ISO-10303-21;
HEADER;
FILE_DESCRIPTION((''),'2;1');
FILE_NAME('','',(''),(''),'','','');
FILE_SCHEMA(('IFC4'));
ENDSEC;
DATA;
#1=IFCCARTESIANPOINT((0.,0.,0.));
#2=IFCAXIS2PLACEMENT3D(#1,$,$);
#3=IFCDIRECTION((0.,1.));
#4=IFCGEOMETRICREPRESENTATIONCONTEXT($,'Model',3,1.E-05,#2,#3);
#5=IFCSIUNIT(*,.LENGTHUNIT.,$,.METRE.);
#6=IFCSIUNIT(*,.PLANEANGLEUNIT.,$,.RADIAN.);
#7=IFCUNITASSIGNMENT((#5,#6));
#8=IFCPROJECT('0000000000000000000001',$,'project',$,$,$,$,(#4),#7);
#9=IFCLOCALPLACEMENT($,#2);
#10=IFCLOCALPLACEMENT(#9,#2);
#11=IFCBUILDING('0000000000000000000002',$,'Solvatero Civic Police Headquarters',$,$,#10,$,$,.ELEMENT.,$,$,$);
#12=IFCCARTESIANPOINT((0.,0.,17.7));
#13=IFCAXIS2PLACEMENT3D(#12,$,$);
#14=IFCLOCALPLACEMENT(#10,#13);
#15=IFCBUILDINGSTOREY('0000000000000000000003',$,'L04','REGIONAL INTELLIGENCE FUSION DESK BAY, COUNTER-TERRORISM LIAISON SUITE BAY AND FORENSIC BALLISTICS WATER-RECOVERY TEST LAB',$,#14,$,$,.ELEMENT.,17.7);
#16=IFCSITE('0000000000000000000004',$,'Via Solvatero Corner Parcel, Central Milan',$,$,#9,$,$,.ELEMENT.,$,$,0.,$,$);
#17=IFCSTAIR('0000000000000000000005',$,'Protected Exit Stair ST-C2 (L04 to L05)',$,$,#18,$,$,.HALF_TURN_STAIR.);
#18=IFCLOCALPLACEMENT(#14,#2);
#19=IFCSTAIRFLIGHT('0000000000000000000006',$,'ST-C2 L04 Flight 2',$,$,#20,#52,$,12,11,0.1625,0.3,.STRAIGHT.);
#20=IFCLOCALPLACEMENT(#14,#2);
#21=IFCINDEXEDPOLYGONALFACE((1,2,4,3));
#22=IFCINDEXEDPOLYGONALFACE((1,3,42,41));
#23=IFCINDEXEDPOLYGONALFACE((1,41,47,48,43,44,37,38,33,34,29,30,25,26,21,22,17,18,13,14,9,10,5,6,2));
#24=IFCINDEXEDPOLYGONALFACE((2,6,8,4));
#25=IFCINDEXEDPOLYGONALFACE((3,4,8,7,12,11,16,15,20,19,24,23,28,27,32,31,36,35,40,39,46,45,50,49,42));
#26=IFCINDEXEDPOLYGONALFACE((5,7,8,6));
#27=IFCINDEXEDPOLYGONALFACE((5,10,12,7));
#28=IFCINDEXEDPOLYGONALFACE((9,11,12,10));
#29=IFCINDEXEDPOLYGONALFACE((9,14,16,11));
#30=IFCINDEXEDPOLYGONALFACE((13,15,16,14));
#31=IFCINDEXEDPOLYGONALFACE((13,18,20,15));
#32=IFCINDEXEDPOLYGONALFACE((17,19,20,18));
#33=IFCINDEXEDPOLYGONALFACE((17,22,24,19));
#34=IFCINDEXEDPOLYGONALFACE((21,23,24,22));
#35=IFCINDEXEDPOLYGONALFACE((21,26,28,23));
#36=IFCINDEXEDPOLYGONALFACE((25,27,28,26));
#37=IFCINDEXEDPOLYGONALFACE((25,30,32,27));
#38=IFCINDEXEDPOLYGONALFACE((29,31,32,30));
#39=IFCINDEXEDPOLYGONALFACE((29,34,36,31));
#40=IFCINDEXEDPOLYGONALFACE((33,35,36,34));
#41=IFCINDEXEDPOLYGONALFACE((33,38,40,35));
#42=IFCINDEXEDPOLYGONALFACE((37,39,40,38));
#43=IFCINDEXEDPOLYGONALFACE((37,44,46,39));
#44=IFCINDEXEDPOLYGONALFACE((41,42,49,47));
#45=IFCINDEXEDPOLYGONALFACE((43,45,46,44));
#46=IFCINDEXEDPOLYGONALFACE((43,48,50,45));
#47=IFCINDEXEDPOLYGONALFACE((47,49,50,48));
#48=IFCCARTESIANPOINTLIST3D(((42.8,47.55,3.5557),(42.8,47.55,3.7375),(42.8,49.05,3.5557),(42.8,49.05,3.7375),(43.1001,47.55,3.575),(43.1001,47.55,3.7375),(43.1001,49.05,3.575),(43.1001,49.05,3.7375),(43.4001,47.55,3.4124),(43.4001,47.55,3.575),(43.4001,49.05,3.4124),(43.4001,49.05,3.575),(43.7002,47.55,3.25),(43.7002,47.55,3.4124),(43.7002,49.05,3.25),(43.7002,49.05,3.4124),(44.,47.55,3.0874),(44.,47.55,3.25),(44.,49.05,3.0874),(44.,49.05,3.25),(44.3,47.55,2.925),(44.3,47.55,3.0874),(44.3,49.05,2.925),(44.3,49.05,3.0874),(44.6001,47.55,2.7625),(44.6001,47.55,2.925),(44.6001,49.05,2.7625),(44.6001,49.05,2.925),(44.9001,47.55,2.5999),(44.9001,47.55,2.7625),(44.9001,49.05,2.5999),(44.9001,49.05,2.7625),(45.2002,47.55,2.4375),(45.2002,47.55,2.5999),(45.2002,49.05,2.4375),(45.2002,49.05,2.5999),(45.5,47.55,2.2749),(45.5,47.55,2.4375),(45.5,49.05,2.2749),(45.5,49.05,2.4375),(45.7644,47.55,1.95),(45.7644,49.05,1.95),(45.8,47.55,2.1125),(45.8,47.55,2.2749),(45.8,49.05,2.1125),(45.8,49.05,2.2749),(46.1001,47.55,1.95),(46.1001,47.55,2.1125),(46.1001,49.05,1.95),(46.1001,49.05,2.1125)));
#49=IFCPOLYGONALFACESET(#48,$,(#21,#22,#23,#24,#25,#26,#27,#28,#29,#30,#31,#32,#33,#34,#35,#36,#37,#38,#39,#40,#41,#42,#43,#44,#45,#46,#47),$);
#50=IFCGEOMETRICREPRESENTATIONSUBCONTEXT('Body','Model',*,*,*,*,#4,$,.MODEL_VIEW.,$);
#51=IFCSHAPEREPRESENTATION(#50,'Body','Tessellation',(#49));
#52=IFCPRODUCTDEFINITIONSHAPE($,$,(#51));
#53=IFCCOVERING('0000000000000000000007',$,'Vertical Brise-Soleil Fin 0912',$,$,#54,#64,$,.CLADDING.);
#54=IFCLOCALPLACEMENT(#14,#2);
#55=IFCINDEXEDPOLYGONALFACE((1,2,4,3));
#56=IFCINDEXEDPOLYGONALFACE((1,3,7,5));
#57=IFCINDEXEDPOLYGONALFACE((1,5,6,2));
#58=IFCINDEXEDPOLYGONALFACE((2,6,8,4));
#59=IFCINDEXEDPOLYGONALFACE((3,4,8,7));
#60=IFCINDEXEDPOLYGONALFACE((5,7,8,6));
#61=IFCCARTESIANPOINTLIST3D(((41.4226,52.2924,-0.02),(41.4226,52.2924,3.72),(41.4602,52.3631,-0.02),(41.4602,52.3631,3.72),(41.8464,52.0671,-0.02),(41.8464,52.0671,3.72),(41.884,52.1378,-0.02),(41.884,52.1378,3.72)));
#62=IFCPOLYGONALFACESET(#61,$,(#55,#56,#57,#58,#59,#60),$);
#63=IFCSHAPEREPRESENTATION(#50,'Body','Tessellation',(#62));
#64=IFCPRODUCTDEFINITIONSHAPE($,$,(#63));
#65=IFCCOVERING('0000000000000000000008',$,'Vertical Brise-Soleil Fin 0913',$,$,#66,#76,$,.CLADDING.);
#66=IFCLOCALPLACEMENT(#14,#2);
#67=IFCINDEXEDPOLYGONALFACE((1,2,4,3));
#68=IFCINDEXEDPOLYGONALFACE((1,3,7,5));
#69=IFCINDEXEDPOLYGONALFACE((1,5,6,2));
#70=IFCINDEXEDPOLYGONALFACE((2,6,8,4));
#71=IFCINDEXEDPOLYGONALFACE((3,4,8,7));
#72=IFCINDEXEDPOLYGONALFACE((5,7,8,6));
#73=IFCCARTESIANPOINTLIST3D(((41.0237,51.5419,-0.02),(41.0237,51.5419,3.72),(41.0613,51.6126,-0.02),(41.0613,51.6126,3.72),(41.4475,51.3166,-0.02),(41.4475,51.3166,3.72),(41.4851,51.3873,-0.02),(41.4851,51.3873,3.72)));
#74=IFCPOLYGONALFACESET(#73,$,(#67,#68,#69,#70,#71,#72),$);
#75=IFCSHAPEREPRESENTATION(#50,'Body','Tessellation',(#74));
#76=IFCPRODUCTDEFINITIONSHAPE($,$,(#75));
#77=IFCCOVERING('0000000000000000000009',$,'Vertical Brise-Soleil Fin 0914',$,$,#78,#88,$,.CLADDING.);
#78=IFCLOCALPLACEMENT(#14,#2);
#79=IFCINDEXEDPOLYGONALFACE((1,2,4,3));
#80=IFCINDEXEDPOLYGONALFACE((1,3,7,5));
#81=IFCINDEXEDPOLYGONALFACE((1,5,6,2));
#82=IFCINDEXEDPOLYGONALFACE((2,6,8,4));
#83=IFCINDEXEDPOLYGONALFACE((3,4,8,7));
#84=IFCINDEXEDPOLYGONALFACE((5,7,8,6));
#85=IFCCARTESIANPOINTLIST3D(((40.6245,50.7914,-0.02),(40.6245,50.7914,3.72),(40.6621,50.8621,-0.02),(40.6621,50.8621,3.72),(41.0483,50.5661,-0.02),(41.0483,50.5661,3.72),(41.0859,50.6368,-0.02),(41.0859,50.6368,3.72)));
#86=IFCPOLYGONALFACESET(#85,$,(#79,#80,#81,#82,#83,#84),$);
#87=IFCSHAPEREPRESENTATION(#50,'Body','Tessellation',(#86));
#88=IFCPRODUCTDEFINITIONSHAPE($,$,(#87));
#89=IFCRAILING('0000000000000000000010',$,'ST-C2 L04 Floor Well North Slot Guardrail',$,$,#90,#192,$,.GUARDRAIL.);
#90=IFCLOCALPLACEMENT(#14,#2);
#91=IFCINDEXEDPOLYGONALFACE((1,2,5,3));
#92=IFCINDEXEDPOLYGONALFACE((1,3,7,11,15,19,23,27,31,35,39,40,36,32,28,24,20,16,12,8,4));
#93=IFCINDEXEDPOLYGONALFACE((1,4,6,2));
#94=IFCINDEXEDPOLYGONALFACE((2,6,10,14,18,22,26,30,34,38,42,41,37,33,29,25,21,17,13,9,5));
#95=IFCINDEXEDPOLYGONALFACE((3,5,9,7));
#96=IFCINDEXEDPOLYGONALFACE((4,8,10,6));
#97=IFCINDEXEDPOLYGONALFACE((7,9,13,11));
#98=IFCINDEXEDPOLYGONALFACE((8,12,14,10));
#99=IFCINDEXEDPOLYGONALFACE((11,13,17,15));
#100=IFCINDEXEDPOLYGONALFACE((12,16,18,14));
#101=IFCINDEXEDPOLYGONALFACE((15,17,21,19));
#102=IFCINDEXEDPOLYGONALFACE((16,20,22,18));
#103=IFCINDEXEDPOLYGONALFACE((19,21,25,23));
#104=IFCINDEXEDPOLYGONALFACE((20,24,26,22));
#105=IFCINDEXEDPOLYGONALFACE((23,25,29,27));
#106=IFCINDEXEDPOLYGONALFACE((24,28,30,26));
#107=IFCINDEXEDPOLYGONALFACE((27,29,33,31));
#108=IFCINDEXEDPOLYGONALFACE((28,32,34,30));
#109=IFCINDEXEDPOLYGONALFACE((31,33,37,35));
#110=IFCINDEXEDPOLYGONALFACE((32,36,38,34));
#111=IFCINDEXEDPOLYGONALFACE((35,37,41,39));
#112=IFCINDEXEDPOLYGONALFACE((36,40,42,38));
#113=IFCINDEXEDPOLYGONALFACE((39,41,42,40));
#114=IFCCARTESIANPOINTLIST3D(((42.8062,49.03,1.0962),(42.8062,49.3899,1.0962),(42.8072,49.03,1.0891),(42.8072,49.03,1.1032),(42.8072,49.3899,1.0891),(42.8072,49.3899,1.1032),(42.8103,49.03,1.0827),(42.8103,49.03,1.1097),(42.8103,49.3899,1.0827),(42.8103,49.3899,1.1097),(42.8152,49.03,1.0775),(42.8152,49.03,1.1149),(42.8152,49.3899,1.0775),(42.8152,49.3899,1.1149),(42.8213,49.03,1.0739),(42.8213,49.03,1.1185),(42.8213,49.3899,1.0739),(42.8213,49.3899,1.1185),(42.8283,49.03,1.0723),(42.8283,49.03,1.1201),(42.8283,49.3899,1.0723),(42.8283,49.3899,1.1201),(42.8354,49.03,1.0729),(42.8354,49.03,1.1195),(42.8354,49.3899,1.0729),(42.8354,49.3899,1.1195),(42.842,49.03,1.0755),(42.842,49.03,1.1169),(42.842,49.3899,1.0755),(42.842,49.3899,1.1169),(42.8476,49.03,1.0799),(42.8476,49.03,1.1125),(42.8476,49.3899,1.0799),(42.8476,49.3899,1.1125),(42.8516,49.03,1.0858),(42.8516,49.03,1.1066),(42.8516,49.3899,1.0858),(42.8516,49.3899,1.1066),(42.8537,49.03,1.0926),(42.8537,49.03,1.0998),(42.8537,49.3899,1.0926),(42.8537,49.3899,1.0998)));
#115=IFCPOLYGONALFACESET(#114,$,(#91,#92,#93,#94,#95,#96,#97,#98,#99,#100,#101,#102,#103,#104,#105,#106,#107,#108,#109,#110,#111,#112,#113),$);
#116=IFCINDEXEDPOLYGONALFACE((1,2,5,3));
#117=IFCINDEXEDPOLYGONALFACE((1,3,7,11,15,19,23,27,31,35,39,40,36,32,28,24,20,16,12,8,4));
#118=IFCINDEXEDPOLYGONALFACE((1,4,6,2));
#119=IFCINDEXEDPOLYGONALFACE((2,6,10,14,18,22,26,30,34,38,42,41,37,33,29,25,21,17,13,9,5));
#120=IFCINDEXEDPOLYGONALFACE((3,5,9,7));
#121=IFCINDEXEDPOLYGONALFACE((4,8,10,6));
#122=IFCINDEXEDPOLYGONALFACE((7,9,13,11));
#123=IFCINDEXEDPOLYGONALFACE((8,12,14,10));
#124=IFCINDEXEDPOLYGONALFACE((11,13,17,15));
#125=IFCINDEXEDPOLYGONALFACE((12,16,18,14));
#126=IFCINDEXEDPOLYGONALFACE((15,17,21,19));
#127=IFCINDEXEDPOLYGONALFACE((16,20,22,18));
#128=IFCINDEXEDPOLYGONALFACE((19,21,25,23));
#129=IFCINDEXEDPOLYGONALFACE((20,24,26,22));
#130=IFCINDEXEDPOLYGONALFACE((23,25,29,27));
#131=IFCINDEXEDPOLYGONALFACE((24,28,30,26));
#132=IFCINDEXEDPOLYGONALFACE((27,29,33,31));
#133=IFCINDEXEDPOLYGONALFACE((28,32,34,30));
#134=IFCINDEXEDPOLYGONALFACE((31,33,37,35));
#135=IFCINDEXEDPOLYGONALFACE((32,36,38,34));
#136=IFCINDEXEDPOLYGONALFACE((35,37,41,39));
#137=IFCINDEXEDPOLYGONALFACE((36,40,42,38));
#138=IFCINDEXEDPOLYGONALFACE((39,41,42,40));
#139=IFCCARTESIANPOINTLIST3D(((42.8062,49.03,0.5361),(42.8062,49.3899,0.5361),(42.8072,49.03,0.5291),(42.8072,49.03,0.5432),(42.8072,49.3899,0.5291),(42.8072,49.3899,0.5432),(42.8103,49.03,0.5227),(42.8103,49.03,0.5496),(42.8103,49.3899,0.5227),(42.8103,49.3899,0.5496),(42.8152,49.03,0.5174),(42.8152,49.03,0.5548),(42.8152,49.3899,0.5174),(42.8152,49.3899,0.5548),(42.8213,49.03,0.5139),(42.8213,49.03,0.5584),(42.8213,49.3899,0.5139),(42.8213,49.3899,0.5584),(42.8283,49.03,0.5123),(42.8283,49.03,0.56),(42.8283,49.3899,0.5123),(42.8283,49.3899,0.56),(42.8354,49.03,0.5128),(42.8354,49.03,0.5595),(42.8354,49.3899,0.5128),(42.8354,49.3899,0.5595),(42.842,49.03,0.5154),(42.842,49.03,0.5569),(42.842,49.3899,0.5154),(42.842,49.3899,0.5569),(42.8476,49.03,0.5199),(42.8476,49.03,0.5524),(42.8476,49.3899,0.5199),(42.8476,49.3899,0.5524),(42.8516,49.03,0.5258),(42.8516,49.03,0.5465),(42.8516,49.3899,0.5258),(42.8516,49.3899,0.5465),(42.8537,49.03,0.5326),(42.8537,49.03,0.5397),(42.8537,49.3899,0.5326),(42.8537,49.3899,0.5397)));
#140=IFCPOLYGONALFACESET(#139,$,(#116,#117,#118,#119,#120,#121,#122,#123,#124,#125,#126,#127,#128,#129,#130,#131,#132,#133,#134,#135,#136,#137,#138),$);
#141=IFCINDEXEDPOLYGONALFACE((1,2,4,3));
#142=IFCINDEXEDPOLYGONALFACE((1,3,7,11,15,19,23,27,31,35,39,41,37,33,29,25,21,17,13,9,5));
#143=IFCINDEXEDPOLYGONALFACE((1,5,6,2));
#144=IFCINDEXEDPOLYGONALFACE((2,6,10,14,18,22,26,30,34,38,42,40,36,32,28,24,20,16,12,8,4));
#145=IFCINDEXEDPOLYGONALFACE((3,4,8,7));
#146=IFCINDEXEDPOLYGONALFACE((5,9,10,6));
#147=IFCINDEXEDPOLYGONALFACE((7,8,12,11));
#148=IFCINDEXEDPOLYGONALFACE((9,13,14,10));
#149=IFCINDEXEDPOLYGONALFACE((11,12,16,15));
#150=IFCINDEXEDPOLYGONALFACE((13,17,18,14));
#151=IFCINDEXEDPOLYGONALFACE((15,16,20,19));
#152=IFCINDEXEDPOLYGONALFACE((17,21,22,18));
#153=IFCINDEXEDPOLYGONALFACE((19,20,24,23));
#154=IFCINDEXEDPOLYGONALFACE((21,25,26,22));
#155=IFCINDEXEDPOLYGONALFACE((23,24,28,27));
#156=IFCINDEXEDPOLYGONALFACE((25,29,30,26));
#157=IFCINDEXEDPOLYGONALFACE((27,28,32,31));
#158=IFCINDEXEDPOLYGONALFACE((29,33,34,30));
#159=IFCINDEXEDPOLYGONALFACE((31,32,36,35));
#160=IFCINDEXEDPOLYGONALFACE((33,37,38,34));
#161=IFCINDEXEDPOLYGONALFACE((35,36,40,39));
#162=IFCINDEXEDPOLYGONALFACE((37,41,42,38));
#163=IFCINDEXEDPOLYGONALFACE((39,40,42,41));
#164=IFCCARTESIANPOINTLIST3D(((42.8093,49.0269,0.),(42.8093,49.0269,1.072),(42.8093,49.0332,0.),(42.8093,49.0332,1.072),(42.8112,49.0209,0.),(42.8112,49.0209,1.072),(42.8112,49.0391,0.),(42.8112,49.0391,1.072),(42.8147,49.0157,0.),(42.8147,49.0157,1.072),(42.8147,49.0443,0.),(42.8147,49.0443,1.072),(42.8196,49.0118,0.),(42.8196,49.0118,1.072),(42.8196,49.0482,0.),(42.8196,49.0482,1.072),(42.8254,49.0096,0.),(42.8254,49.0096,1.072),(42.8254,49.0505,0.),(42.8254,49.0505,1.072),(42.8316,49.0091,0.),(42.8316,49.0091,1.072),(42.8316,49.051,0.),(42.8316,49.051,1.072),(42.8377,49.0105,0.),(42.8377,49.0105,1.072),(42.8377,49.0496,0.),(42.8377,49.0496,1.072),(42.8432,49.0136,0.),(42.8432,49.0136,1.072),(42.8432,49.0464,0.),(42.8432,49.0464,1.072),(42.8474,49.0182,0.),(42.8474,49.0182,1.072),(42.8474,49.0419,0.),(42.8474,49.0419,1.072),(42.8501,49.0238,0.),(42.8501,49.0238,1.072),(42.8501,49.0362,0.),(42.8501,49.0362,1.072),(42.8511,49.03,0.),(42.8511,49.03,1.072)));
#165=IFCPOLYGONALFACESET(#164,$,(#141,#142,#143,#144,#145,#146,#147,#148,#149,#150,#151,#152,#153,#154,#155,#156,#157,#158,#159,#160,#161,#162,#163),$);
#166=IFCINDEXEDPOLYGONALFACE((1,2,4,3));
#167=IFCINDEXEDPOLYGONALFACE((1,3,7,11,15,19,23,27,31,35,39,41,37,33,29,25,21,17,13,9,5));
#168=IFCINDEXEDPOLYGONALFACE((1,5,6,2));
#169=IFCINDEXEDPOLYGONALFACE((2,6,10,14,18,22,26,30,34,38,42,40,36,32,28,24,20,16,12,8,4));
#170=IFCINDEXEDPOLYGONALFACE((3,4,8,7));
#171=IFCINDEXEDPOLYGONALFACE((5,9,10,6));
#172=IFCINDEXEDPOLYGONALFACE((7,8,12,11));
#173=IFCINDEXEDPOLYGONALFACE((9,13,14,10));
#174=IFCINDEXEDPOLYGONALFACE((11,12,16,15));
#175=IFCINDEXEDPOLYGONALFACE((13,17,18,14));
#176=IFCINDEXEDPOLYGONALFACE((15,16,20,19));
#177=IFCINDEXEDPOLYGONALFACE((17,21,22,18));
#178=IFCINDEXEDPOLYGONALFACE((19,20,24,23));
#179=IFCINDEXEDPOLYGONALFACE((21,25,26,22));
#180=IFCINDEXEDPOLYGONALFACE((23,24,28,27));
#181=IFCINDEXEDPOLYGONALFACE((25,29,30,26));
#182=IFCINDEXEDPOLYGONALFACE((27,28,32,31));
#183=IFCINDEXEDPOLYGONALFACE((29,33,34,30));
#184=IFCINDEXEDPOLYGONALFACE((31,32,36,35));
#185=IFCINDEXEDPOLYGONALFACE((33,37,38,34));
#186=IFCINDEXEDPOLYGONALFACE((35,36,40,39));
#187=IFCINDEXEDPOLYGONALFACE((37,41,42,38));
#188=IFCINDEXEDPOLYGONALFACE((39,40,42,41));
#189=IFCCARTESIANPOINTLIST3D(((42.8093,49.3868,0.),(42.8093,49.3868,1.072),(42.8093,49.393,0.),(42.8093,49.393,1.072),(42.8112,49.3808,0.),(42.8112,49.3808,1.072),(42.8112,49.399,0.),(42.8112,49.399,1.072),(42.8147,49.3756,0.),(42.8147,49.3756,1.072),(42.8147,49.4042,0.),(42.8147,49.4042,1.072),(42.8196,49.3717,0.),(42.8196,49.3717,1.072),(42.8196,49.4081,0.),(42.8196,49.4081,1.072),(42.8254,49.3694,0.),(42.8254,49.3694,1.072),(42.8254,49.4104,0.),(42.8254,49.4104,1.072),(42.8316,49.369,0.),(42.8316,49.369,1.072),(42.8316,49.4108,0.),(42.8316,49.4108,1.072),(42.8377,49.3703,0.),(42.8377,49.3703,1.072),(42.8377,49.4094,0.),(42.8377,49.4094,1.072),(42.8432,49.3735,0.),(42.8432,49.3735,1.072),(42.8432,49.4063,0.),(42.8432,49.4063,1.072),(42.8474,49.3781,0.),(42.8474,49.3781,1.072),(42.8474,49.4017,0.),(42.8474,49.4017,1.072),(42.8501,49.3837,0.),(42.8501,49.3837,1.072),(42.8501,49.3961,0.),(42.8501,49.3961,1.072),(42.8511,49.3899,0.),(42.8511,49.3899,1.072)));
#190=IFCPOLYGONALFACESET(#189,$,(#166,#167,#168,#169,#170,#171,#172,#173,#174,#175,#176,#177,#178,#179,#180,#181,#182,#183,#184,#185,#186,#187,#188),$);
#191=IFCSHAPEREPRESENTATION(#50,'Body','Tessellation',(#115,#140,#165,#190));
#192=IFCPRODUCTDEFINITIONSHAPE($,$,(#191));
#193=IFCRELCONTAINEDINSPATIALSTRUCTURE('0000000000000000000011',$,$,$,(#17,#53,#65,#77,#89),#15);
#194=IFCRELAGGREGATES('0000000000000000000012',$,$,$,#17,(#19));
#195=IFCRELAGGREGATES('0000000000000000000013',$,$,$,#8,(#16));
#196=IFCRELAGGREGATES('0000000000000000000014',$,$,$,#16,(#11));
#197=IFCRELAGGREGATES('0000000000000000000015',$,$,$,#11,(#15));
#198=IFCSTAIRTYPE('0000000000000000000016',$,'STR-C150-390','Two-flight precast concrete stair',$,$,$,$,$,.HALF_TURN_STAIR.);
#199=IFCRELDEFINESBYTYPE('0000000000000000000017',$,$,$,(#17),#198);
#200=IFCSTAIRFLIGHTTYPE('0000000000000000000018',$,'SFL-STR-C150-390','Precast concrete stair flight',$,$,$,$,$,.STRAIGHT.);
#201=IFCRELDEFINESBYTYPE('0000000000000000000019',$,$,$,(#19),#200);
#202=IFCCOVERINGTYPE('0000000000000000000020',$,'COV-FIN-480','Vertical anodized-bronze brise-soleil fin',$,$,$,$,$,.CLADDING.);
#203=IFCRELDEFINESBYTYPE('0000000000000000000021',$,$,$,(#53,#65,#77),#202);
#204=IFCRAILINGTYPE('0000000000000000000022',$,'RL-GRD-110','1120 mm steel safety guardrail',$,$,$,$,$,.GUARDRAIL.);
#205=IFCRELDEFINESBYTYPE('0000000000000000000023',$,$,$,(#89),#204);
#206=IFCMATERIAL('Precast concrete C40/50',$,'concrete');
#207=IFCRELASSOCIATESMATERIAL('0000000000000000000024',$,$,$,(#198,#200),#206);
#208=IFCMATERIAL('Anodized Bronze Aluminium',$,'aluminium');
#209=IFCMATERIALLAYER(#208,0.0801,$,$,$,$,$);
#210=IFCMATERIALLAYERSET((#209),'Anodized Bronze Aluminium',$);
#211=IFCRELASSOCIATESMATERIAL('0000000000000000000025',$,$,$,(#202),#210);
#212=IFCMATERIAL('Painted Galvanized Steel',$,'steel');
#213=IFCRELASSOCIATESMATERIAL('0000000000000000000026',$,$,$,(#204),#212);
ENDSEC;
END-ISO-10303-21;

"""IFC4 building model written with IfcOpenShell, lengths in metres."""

from ifc_helpers import new_model, si_unit, direction, frame, origin, origin_2d, place, context, subcontext, project, spatial, polyline, rectangle, circle, outline, extrude, material, layer, layer_set, type_object, element, aggregate, save


model = new_model("IFC4")

# Units and contexts
model_context = context("Model", 3, precision=1e-05, world=origin(), true_north=direction((0.0, 1.0)))
body_context = subcontext(model_context, "Body", "Model", "MODEL_VIEW")
ifc_project = project(units=[si_unit("LENGTHUNIT", "METRE"), si_unit("PLANEANGLEUNIT", "RADIAN")], contexts=[model_context])

# Site, building, storey
site_placement = place(None, origin())
site = spatial("IfcSite", under=ifc_project, at=site_placement, Name="Via Solvatero Corner Parcel, Central Milan", CompositionType="ELEMENT", RefElevation=0.0)
building_placement = place(site_placement, origin())
building = spatial("IfcBuilding", under=site, at=building_placement, Name="Solvatero Civic Police Headquarters", CompositionType="ELEMENT")
storey_placement = place(building_placement, frame((0.0, 0.0, 17.7)))
storey = spatial("IfcBuildingStorey", under=building, at=storey_placement, Name="L04", Description="REGIONAL INTELLIGENCE FUSION DESK BAY, COUNTER-TERRORISM LIAISON SUITE BAY AND FORENSIC BALLISTICS WATER-RECOVERY TEST LAB", CompositionType="ELEMENT", Elevation=17.7)

# Shared definitions
ifc_material_1 = material(Name="Anodized Bronze Aluminium", Category="aluminium")

# Stair, stair flight
ifc_material_2 = material(Name="Precast concrete C40/50", Category="concrete")
stair_type = type_object("IfcStairType", Name="STR-C150-390", Description="Two-flight precast concrete stair", PredefinedType="HALF_TURN_STAIR", material=ifc_material_2)
stair_placement = place(storey_placement, origin())
stair = element("IfcStair", 1, at=stair_placement, inside=storey, type_object=stair_type, Name="Protected Exit Stair ST-C2 (L04 to L05)", PredefinedType="HALF_TURN_STAIR")
stair_flight_type = type_object("IfcStairFlightType", Name="SFL-STR-C150-390", Description="Precast concrete stair flight", PredefinedType="STRAIGHT", material=ifc_material_2)
stair_flight_placement = place(storey_placement, frame((46.1001, 48.3, 1.95), z_axis=(0.0, 0.0, 1.0), x_axis=(-1.0, 0.0, 0.0)))
stair_flight = element("IfcStairFlight", 2, at=stair_flight_placement, type_object=stair_flight_type, Name="ST-C2 L04 Flight 2", NumberOfRisers=12, NumberOfTreads=11, PredefinedType="STRAIGHT", RiserHeight=0.1625, TreadLength=0.3, context=body_context, shape_type="SweptSolid", body=[
    extrude(outline(polyline([(0.0, 0.0), (0.0, 0.1626), (0.3, 0.1626), (0.3, 0.325), (0.6001, 0.325), (0.6001, 0.4875), (0.8999, 0.4875), (0.8999, 0.6499), (1.2, 0.6499), (1.2, 0.8125), (1.5, 0.8125), (1.5, 0.9751), (1.8, 0.9751), (1.8, 1.1375), (2.1001, 1.1375), (2.1001, 1.3), (2.3999, 1.3), (2.3999, 1.4624), (2.7, 1.4624), (2.7, 1.625), (3.0, 1.625), (3.0, 1.7876), (3.3, 1.7876), (3.3, 1.95), (3.3, 1.6057), (0.3357, 0.0), (0.0, 0.0)])), frame((0.0, 0.75, 0.0), z_axis=(0.0, -1.0, 0.0), x_axis=(1.0, 0.0, 0.0)), (0.0, 0.0, 1.0), 1.5),
])
aggregate(stair, [stair_flight])

# Coverings
ifc_layer_1 = layer(ifc_material_1, 0.0801)
ifc_layer_set_1 = layer_set([ifc_layer_1], Name="Anodized Bronze Aluminium")
covering_type = type_object("IfcCoveringType", Name="COV-FIN-480", Description="Vertical anodized-bronze brise-soleil fin", PredefinedType="CLADDING", material=ifc_layer_set_1)
for number, where, z_axis, x_axis, name in (
    (3, (41.6533, 52.2151, -0.02), (0.0, 0.0, 1.0), (-0.469487, -0.882939, 0.0), "Vertical Brise-Soleil Fin 0912"),
    (4, (41.2544, 51.4646, -0.02), (0.0, 0.0, 1.0), (-0.469487, -0.882939, 0.0), "Vertical Brise-Soleil Fin 0913"),
    (5, (40.8552, 50.7141, -0.02), (0.0, 0.0, 1.0), (-0.469487, -0.882939, 0.0), "Vertical Brise-Soleil Fin 0914"),
):
    element("IfcCovering", number, at=place(storey_placement, frame(where, z_axis=z_axis, x_axis=x_axis)), inside=storey, type_object=covering_type, Name=name, PredefinedType="CLADDING", context=body_context, shape_type="SweptSolid", body=[
        extrude(rectangle(XDim=0.0801, YDim=0.48, at=origin_2d()), origin(), (0.0, 0.0, 1.0), 3.74),
    ])

# Railing
ifc_material_3 = material(Name="Painted Galvanized Steel", Category="steel")
railing_type_1 = type_object("IfcRailingType", Name="RL-GRD-110", Description="1120 mm steel safety guardrail", PredefinedType="GUARDRAIL", material=ifc_material_3)
for number, where, name in (
    (6, (42.8301, 49.03, 0.0), "ST-C2 L04 Floor Well North Slot Guardrail"),
):
    element("IfcRailing", number, at=place(storey_placement, frame(where)), inside=storey, type_object=railing_type_1, Name=name, PredefinedType="GUARDRAIL", context=body_context, shape_type="SweptSolid", body=[
        extrude(circle(Radius=0.0239, at=origin_2d()), frame((0.0, 0.0, 1.0962), z_axis=(0.0, 1.0, 0.0), x_axis=(-1.0, 0.0, 0.0)), (0.0, 0.0, 1.0), 0.3599),
        extrude(circle(Radius=0.0239, at=origin_2d()), frame((0.0, 0.0, 0.5361), z_axis=(0.0, 1.0, 0.0), x_axis=(-1.0, 0.0, 0.0)), (0.0, 0.0, 1.0), 0.3599),
        extrude(circle(Radius=0.021, at=origin_2d()), origin(), (0.0, 0.0, 1.0), 1.072),
        extrude(circle(Radius=0.021, at=origin_2d()), frame((0.0, 0.3599, 0.0)), (0.0, 0.0, 1.0), 1.072),
    ])

save(model, "model.ifc")
